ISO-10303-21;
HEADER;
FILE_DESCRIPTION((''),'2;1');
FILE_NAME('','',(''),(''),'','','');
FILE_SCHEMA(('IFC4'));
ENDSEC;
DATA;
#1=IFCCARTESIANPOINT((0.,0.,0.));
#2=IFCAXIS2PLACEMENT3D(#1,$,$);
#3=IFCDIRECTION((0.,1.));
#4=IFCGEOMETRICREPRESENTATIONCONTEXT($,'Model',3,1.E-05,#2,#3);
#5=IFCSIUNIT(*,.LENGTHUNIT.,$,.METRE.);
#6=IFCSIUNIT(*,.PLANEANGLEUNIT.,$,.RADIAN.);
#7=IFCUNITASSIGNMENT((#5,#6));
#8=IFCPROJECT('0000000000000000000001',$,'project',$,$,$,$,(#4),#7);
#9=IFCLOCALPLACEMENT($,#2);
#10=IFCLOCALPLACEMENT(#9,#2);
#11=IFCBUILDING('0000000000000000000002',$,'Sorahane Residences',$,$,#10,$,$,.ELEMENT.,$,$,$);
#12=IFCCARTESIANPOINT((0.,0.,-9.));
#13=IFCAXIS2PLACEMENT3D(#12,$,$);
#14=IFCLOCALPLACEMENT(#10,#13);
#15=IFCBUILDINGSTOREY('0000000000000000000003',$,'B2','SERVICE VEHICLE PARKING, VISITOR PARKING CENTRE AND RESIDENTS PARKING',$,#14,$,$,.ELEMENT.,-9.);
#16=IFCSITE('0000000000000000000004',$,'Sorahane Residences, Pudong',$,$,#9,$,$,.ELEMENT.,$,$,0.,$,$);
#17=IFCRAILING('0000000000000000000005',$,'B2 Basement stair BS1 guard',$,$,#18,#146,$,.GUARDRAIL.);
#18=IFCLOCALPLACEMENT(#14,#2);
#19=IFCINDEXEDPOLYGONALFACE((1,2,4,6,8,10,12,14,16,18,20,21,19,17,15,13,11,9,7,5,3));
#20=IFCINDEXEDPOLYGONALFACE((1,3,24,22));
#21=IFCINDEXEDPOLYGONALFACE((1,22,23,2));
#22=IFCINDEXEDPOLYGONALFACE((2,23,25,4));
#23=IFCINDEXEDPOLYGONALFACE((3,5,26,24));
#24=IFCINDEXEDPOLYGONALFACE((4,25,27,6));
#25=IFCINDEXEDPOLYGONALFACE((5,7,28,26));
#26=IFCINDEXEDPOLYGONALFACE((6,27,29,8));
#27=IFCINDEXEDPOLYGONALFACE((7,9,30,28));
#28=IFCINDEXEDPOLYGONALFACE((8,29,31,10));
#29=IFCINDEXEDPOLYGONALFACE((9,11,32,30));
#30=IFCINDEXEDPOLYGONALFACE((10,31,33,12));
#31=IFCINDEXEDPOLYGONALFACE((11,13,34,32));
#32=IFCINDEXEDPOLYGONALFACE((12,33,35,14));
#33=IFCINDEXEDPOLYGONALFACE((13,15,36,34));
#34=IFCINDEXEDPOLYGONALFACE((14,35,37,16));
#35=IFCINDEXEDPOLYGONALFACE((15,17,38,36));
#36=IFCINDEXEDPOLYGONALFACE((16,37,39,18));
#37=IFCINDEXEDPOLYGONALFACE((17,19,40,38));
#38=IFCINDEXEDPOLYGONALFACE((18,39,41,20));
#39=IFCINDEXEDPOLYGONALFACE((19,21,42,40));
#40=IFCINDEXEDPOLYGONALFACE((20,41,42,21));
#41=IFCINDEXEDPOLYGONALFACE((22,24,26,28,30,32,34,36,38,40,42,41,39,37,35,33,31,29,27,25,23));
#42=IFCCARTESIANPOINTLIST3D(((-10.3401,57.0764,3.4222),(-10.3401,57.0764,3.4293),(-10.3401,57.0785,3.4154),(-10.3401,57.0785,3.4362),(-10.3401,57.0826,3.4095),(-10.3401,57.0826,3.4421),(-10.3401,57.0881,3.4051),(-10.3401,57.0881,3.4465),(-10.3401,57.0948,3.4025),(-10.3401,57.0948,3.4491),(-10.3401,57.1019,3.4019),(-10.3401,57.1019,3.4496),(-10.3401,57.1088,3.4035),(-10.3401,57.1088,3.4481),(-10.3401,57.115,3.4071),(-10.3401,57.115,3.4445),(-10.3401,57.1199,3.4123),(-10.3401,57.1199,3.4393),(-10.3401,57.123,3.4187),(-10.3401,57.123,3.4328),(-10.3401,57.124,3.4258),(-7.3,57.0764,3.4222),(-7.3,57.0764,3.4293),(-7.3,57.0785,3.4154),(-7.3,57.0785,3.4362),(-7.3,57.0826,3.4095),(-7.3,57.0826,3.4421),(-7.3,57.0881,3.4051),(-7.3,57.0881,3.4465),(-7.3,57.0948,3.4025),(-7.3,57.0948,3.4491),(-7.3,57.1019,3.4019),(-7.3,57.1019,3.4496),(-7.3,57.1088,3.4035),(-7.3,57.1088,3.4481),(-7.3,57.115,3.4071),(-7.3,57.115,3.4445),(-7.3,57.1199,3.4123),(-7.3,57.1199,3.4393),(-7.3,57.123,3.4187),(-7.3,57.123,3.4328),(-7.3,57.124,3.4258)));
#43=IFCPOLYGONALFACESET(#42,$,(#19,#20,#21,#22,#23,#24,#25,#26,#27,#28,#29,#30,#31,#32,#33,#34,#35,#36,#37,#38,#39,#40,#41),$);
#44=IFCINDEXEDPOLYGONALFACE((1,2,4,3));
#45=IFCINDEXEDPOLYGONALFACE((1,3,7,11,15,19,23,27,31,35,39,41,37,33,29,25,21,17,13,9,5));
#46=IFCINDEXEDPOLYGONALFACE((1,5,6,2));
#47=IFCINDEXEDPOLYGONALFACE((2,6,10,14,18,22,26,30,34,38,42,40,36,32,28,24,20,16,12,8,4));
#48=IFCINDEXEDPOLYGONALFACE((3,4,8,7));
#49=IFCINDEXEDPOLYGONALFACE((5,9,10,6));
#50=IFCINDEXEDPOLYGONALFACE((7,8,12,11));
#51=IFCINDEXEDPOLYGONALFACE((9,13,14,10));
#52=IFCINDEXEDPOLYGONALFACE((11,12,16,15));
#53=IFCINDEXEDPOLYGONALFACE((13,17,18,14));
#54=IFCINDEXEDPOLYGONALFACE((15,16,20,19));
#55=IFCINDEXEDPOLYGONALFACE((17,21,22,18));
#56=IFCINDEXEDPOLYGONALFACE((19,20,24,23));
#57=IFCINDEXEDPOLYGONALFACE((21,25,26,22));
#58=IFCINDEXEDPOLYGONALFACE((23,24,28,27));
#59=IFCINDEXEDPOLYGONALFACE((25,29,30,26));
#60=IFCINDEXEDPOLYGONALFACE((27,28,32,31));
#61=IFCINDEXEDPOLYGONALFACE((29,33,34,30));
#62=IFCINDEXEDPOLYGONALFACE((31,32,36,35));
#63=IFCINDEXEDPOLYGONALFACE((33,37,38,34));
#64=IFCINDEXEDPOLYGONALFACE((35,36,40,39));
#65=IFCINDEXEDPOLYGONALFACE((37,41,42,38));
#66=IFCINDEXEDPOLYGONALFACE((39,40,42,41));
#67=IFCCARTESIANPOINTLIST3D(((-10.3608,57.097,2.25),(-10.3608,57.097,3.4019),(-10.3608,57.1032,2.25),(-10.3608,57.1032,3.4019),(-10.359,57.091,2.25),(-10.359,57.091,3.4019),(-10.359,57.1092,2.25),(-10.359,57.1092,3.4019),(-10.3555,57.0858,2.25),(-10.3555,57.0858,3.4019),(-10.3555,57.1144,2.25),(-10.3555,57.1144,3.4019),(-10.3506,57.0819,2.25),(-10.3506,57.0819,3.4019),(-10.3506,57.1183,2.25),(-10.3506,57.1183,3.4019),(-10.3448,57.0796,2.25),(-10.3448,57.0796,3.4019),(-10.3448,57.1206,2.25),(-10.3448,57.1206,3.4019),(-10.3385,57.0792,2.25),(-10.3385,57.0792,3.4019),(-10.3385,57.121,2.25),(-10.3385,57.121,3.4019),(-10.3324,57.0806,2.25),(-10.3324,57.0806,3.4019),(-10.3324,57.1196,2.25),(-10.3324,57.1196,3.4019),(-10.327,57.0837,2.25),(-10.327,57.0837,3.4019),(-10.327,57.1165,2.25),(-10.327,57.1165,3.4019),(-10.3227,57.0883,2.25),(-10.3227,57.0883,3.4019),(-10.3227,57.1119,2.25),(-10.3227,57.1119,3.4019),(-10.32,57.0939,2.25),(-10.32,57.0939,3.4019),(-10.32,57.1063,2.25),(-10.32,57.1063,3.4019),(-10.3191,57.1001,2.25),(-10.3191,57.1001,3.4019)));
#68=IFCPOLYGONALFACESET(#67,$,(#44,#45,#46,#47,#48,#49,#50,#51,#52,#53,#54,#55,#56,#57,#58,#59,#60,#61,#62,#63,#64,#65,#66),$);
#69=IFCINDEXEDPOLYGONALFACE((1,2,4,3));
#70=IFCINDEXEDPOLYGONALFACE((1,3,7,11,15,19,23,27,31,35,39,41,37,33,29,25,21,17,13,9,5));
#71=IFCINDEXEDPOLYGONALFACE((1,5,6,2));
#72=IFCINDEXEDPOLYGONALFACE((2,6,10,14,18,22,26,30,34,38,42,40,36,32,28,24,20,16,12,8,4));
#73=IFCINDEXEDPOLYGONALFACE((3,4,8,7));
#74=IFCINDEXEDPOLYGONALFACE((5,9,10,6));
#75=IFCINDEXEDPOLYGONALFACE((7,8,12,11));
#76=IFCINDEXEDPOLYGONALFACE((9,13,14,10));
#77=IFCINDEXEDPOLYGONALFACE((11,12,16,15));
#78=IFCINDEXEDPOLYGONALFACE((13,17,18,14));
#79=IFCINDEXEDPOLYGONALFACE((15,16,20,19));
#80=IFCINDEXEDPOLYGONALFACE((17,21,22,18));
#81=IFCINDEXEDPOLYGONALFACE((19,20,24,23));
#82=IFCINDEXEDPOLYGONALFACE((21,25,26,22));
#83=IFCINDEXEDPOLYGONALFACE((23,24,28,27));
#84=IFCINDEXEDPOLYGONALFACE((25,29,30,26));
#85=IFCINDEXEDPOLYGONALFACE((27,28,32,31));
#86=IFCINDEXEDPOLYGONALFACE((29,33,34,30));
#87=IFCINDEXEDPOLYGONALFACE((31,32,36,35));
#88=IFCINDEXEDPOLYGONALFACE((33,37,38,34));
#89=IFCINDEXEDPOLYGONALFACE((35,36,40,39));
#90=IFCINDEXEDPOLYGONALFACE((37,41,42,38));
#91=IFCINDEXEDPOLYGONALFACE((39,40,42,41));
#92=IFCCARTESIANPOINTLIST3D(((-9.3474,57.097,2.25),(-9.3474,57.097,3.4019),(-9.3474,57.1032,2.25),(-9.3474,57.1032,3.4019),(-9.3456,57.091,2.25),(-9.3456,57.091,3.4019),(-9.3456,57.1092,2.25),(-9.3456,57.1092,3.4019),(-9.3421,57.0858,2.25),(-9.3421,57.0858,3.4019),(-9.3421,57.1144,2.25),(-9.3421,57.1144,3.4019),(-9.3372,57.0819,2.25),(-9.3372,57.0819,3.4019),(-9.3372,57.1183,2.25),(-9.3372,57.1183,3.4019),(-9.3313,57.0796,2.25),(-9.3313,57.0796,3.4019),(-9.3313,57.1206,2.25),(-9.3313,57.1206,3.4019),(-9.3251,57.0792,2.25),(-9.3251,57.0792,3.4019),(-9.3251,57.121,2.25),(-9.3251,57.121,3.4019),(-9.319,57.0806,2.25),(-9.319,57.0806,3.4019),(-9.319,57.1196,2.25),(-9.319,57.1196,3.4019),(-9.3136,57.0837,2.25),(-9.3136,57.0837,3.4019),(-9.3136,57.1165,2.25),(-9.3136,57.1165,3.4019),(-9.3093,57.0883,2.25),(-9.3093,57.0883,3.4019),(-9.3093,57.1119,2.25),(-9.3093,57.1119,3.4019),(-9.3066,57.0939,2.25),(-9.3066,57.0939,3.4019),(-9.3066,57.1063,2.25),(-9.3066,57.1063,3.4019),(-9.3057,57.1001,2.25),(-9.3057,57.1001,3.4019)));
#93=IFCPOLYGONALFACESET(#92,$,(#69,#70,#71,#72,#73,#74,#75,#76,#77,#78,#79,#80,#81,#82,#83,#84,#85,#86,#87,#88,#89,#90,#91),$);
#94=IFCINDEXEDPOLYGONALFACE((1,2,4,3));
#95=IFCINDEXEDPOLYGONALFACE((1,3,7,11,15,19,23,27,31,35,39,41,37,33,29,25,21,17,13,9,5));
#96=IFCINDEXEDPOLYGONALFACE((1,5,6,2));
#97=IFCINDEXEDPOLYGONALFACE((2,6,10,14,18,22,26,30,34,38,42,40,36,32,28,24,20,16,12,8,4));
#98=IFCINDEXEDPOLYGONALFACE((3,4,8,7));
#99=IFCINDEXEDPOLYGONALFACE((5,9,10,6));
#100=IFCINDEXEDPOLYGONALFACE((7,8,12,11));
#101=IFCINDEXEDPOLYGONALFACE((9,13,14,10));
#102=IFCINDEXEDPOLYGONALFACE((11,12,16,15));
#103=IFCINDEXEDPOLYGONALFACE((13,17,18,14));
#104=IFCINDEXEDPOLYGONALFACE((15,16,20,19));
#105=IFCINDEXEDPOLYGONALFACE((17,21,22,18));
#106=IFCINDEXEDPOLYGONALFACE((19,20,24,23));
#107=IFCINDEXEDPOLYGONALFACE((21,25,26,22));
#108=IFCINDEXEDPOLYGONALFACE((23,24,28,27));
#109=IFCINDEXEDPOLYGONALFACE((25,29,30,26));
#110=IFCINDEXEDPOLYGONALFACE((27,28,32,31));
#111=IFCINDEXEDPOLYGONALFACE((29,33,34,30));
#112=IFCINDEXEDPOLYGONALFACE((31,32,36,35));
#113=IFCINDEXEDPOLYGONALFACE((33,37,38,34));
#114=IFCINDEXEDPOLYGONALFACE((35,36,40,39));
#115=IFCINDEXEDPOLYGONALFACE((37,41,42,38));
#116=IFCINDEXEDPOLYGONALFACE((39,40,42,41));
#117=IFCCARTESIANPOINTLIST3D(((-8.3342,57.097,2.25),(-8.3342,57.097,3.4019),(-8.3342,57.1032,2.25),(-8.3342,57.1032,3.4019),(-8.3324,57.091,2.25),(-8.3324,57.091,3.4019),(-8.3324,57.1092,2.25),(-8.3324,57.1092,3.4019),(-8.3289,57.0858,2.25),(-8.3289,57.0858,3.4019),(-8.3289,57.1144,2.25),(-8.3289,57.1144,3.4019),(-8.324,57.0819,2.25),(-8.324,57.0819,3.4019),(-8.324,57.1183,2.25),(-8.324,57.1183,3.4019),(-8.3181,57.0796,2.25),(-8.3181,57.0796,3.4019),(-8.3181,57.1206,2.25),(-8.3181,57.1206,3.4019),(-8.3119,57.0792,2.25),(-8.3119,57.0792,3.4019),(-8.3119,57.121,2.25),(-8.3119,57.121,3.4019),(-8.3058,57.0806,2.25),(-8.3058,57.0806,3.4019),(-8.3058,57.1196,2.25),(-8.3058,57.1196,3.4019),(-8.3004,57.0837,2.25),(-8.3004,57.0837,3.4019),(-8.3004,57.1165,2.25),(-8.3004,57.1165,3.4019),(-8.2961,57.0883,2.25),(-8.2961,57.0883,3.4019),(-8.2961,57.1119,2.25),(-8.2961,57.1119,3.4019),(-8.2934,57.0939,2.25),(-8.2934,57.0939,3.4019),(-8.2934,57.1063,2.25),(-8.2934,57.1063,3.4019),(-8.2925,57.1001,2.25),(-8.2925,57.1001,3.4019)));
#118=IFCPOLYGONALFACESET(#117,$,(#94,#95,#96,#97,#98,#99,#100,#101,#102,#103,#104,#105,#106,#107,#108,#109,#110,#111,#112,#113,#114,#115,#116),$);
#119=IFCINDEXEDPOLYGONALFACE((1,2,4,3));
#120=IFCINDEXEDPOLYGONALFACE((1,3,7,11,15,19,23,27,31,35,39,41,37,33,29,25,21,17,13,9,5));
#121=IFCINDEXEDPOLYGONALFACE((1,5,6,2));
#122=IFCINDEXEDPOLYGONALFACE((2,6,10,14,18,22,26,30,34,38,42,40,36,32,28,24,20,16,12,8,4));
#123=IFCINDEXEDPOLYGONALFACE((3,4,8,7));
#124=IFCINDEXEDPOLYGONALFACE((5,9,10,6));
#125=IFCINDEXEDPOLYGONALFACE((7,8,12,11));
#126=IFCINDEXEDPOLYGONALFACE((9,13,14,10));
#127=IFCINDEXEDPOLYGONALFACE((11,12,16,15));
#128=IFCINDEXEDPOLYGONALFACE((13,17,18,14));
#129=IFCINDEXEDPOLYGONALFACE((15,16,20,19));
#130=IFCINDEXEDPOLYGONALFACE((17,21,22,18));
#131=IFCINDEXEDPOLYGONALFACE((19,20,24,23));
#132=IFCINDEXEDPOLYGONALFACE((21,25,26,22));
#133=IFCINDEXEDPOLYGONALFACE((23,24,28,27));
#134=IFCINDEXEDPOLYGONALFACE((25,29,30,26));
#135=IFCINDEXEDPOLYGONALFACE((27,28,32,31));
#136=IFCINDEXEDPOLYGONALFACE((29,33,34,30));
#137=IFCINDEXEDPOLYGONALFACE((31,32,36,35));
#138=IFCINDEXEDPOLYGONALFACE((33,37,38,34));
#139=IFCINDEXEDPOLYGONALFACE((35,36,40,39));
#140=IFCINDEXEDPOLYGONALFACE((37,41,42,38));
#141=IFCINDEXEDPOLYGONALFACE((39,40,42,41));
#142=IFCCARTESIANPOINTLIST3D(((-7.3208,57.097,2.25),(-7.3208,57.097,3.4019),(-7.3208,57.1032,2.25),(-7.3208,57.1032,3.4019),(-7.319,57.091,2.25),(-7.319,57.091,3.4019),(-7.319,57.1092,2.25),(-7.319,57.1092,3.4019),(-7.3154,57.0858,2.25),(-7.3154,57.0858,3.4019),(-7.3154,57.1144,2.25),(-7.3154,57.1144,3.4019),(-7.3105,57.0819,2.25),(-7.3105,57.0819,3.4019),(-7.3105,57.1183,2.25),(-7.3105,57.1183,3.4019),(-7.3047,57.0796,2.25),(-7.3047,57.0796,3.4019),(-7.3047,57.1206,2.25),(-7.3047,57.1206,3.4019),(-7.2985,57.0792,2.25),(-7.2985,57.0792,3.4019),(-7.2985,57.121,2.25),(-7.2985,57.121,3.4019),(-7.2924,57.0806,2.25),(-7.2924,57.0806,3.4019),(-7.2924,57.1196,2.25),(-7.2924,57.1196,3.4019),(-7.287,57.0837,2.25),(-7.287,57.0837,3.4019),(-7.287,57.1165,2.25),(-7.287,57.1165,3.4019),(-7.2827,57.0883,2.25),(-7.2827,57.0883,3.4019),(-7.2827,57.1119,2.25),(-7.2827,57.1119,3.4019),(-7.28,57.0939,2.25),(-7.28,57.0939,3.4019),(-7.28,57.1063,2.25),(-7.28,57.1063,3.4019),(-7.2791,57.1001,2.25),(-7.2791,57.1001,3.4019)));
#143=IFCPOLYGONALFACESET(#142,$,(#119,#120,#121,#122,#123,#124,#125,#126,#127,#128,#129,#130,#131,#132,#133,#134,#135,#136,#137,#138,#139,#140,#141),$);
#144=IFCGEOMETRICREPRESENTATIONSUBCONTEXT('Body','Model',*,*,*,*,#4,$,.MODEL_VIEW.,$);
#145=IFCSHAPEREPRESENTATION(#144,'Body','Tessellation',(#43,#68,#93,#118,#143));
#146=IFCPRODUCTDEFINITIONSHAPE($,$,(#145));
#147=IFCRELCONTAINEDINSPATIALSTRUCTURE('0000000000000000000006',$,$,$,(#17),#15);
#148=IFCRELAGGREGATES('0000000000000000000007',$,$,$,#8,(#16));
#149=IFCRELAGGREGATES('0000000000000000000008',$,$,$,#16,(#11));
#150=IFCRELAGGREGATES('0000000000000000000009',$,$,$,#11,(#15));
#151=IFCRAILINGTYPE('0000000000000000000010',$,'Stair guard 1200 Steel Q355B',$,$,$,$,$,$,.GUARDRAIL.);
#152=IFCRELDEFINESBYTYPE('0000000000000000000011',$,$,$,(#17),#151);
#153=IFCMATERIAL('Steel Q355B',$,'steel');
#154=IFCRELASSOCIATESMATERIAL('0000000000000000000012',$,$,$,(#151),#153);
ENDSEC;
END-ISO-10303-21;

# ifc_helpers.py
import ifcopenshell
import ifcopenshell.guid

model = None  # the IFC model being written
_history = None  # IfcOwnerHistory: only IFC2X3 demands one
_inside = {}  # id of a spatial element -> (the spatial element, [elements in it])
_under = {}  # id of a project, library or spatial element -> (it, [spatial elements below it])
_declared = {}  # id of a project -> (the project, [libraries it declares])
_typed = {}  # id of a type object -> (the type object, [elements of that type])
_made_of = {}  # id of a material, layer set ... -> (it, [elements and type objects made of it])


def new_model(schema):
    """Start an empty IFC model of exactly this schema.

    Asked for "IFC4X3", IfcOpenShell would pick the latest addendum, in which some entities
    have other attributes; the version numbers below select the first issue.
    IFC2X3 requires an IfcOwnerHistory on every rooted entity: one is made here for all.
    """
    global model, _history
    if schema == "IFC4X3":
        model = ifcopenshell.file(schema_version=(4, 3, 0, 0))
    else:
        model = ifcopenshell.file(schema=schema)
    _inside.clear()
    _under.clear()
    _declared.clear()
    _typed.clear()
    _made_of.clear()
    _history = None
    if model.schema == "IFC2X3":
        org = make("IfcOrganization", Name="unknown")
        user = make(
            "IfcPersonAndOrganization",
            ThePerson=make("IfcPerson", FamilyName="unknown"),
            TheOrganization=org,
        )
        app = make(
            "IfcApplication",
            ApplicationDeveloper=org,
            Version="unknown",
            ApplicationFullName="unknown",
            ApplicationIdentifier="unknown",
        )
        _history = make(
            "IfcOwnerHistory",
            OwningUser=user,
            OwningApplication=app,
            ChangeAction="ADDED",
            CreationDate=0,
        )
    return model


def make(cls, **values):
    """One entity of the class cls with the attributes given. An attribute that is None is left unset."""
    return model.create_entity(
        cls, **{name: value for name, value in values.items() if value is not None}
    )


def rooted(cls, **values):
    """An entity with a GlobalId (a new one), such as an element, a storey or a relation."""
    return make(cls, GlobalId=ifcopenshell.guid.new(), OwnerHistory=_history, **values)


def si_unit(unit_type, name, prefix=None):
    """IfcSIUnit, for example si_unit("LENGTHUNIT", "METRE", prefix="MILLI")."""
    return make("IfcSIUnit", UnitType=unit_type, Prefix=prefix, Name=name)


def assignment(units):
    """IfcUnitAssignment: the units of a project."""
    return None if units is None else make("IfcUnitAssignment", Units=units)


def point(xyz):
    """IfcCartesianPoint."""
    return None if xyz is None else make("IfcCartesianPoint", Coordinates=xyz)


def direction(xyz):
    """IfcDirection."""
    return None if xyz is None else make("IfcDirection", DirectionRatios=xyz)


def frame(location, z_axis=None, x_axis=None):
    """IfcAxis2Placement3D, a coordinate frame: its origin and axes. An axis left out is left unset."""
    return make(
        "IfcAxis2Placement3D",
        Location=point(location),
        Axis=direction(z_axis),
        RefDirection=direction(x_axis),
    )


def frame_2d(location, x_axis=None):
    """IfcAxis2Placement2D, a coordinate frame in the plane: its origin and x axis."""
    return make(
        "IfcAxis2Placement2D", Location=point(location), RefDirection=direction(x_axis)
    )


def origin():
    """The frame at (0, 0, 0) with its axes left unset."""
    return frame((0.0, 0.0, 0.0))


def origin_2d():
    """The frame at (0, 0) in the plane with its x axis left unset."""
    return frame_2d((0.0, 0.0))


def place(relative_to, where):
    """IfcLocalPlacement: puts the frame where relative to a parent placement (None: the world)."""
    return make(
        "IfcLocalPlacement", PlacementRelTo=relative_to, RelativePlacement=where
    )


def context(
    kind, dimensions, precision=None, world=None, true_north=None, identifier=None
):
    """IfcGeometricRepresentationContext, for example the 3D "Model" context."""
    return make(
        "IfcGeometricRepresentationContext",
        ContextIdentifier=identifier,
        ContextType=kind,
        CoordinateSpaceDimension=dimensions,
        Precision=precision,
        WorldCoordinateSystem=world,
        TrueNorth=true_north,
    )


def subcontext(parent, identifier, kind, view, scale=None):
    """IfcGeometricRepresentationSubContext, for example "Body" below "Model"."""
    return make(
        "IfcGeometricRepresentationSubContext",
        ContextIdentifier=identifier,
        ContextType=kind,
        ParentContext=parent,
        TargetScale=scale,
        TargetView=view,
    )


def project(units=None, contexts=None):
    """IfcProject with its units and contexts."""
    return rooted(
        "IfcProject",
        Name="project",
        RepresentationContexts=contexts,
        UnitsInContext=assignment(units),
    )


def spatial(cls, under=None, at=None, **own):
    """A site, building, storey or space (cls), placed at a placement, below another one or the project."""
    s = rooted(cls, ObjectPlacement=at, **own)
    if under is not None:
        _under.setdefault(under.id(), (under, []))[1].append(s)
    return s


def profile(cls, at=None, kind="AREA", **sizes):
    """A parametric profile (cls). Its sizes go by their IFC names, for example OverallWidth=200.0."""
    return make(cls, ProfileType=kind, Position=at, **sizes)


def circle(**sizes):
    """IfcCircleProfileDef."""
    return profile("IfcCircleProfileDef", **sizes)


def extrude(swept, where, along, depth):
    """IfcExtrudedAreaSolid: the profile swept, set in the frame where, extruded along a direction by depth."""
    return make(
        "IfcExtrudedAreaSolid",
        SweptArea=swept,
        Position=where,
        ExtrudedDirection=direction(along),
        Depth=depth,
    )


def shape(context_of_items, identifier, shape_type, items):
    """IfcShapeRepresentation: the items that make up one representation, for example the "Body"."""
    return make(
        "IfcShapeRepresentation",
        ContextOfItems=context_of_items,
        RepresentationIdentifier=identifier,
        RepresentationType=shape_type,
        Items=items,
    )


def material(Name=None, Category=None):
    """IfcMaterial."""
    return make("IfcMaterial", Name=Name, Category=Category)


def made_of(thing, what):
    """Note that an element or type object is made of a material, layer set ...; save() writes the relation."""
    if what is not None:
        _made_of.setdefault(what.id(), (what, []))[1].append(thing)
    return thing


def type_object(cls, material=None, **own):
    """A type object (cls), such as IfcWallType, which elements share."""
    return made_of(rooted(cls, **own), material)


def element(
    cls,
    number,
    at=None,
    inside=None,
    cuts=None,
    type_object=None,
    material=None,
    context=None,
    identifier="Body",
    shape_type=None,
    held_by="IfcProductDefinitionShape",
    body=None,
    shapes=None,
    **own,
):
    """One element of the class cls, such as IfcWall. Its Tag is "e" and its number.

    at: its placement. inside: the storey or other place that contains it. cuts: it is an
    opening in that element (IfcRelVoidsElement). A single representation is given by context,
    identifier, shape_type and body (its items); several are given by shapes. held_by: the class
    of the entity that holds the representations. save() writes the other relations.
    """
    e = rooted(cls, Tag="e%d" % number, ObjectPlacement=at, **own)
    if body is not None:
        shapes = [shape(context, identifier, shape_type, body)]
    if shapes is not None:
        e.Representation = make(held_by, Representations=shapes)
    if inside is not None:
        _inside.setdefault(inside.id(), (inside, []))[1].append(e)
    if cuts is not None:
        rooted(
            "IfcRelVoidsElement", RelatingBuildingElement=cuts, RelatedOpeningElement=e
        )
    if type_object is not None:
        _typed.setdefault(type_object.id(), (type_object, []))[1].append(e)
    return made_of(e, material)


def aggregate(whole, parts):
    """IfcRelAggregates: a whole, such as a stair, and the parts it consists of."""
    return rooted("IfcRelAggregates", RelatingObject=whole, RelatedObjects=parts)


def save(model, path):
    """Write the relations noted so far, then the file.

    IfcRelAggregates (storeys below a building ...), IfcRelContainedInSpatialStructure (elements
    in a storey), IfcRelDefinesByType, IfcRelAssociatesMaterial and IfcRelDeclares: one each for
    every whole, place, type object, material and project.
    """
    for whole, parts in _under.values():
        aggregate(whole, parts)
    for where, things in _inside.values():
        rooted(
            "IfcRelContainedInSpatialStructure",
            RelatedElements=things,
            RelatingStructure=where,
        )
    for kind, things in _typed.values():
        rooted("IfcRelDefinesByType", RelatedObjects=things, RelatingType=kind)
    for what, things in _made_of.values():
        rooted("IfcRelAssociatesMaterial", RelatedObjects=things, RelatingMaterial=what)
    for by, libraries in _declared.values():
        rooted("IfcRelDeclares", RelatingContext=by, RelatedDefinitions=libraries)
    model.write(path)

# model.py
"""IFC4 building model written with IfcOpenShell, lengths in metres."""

from ifc_helpers import new_model, si_unit, direction, frame, origin, origin_2d, place, context, subcontext, project, spatial, circle, extrude, material, type_object, element, save


model = new_model("IFC4")

# Units and contexts
model_context = context("Model", 3, precision=1e-05, world=origin(), true_north=direction((0.0, 1.0)))
body_context = subcontext(model_context, "Body", "Model", "MODEL_VIEW")
ifc_project = project(units=[si_unit("LENGTHUNIT", "METRE"), si_unit("PLANEANGLEUNIT", "RADIAN")], contexts=[model_context])

# Site, building, storey
site_placement = place(None, origin())
site = spatial("IfcSite", under=ifc_project, at=site_placement, Name="Sorahane Residences, Pudong", CompositionType="ELEMENT", RefElevation=0.0)
building_placement = place(site_placement, origin())
building = spatial("IfcBuilding", under=site, at=building_placement, Name="Sorahane Residences", CompositionType="ELEMENT")
storey_placement = place(building_placement, frame((0.0, 0.0, -9.0)))
storey = spatial("IfcBuildingStorey", under=building, at=storey_placement, Name="B2", Description="SERVICE VEHICLE PARKING, VISITOR PARKING CENTRE AND RESIDENTS PARKING", CompositionType="ELEMENT", Elevation=-9.0)

# Railing
ifc_material_1 = material(Name="Steel Q355B", Category="steel")
railing_type = type_object("IfcRailingType", Name="Stair guard 1200 Steel Q355B", PredefinedType="GUARDRAIL", material=ifc_material_1)
railing_placement = place(storey_placement, frame((-10.3401, 57.1001, 2.25)))
element("IfcRailing", 1, at=railing_placement, inside=storey, type_object=railing_type, Name="B2 Basement stair BS1 guard", PredefinedType="GUARDRAIL", context=body_context, shape_type="SweptSolid", body=[
    extrude(circle(Radius=0.0239, at=origin_2d()), frame((0.0, 0.0, 1.1758), z_axis=(1.0, 0.0, 0.0), x_axis=(0.0, 1.0, 0.0)), (0.0, 0.0, 1.0), 3.04),
    extrude(circle(Radius=0.021, at=origin_2d()), origin(), (0.0, 0.0, 1.0), 1.1519),
    extrude(circle(Radius=0.021, at=origin_2d()), frame((1.0134, 0.0, 0.0)), (0.0, 0.0, 1.0), 1.1519),
    extrude(circle(Radius=0.021, at=origin_2d()), frame((2.0266, 0.0, 0.0)), (0.0, 0.0, 1.0), 1.1519),
    extrude(circle(Radius=0.021, at=origin_2d()), frame((3.04, 0.0, 0.0)), (0.0, 0.0, 1.0), 1.1519),
])

save(model, "model.ifc")
